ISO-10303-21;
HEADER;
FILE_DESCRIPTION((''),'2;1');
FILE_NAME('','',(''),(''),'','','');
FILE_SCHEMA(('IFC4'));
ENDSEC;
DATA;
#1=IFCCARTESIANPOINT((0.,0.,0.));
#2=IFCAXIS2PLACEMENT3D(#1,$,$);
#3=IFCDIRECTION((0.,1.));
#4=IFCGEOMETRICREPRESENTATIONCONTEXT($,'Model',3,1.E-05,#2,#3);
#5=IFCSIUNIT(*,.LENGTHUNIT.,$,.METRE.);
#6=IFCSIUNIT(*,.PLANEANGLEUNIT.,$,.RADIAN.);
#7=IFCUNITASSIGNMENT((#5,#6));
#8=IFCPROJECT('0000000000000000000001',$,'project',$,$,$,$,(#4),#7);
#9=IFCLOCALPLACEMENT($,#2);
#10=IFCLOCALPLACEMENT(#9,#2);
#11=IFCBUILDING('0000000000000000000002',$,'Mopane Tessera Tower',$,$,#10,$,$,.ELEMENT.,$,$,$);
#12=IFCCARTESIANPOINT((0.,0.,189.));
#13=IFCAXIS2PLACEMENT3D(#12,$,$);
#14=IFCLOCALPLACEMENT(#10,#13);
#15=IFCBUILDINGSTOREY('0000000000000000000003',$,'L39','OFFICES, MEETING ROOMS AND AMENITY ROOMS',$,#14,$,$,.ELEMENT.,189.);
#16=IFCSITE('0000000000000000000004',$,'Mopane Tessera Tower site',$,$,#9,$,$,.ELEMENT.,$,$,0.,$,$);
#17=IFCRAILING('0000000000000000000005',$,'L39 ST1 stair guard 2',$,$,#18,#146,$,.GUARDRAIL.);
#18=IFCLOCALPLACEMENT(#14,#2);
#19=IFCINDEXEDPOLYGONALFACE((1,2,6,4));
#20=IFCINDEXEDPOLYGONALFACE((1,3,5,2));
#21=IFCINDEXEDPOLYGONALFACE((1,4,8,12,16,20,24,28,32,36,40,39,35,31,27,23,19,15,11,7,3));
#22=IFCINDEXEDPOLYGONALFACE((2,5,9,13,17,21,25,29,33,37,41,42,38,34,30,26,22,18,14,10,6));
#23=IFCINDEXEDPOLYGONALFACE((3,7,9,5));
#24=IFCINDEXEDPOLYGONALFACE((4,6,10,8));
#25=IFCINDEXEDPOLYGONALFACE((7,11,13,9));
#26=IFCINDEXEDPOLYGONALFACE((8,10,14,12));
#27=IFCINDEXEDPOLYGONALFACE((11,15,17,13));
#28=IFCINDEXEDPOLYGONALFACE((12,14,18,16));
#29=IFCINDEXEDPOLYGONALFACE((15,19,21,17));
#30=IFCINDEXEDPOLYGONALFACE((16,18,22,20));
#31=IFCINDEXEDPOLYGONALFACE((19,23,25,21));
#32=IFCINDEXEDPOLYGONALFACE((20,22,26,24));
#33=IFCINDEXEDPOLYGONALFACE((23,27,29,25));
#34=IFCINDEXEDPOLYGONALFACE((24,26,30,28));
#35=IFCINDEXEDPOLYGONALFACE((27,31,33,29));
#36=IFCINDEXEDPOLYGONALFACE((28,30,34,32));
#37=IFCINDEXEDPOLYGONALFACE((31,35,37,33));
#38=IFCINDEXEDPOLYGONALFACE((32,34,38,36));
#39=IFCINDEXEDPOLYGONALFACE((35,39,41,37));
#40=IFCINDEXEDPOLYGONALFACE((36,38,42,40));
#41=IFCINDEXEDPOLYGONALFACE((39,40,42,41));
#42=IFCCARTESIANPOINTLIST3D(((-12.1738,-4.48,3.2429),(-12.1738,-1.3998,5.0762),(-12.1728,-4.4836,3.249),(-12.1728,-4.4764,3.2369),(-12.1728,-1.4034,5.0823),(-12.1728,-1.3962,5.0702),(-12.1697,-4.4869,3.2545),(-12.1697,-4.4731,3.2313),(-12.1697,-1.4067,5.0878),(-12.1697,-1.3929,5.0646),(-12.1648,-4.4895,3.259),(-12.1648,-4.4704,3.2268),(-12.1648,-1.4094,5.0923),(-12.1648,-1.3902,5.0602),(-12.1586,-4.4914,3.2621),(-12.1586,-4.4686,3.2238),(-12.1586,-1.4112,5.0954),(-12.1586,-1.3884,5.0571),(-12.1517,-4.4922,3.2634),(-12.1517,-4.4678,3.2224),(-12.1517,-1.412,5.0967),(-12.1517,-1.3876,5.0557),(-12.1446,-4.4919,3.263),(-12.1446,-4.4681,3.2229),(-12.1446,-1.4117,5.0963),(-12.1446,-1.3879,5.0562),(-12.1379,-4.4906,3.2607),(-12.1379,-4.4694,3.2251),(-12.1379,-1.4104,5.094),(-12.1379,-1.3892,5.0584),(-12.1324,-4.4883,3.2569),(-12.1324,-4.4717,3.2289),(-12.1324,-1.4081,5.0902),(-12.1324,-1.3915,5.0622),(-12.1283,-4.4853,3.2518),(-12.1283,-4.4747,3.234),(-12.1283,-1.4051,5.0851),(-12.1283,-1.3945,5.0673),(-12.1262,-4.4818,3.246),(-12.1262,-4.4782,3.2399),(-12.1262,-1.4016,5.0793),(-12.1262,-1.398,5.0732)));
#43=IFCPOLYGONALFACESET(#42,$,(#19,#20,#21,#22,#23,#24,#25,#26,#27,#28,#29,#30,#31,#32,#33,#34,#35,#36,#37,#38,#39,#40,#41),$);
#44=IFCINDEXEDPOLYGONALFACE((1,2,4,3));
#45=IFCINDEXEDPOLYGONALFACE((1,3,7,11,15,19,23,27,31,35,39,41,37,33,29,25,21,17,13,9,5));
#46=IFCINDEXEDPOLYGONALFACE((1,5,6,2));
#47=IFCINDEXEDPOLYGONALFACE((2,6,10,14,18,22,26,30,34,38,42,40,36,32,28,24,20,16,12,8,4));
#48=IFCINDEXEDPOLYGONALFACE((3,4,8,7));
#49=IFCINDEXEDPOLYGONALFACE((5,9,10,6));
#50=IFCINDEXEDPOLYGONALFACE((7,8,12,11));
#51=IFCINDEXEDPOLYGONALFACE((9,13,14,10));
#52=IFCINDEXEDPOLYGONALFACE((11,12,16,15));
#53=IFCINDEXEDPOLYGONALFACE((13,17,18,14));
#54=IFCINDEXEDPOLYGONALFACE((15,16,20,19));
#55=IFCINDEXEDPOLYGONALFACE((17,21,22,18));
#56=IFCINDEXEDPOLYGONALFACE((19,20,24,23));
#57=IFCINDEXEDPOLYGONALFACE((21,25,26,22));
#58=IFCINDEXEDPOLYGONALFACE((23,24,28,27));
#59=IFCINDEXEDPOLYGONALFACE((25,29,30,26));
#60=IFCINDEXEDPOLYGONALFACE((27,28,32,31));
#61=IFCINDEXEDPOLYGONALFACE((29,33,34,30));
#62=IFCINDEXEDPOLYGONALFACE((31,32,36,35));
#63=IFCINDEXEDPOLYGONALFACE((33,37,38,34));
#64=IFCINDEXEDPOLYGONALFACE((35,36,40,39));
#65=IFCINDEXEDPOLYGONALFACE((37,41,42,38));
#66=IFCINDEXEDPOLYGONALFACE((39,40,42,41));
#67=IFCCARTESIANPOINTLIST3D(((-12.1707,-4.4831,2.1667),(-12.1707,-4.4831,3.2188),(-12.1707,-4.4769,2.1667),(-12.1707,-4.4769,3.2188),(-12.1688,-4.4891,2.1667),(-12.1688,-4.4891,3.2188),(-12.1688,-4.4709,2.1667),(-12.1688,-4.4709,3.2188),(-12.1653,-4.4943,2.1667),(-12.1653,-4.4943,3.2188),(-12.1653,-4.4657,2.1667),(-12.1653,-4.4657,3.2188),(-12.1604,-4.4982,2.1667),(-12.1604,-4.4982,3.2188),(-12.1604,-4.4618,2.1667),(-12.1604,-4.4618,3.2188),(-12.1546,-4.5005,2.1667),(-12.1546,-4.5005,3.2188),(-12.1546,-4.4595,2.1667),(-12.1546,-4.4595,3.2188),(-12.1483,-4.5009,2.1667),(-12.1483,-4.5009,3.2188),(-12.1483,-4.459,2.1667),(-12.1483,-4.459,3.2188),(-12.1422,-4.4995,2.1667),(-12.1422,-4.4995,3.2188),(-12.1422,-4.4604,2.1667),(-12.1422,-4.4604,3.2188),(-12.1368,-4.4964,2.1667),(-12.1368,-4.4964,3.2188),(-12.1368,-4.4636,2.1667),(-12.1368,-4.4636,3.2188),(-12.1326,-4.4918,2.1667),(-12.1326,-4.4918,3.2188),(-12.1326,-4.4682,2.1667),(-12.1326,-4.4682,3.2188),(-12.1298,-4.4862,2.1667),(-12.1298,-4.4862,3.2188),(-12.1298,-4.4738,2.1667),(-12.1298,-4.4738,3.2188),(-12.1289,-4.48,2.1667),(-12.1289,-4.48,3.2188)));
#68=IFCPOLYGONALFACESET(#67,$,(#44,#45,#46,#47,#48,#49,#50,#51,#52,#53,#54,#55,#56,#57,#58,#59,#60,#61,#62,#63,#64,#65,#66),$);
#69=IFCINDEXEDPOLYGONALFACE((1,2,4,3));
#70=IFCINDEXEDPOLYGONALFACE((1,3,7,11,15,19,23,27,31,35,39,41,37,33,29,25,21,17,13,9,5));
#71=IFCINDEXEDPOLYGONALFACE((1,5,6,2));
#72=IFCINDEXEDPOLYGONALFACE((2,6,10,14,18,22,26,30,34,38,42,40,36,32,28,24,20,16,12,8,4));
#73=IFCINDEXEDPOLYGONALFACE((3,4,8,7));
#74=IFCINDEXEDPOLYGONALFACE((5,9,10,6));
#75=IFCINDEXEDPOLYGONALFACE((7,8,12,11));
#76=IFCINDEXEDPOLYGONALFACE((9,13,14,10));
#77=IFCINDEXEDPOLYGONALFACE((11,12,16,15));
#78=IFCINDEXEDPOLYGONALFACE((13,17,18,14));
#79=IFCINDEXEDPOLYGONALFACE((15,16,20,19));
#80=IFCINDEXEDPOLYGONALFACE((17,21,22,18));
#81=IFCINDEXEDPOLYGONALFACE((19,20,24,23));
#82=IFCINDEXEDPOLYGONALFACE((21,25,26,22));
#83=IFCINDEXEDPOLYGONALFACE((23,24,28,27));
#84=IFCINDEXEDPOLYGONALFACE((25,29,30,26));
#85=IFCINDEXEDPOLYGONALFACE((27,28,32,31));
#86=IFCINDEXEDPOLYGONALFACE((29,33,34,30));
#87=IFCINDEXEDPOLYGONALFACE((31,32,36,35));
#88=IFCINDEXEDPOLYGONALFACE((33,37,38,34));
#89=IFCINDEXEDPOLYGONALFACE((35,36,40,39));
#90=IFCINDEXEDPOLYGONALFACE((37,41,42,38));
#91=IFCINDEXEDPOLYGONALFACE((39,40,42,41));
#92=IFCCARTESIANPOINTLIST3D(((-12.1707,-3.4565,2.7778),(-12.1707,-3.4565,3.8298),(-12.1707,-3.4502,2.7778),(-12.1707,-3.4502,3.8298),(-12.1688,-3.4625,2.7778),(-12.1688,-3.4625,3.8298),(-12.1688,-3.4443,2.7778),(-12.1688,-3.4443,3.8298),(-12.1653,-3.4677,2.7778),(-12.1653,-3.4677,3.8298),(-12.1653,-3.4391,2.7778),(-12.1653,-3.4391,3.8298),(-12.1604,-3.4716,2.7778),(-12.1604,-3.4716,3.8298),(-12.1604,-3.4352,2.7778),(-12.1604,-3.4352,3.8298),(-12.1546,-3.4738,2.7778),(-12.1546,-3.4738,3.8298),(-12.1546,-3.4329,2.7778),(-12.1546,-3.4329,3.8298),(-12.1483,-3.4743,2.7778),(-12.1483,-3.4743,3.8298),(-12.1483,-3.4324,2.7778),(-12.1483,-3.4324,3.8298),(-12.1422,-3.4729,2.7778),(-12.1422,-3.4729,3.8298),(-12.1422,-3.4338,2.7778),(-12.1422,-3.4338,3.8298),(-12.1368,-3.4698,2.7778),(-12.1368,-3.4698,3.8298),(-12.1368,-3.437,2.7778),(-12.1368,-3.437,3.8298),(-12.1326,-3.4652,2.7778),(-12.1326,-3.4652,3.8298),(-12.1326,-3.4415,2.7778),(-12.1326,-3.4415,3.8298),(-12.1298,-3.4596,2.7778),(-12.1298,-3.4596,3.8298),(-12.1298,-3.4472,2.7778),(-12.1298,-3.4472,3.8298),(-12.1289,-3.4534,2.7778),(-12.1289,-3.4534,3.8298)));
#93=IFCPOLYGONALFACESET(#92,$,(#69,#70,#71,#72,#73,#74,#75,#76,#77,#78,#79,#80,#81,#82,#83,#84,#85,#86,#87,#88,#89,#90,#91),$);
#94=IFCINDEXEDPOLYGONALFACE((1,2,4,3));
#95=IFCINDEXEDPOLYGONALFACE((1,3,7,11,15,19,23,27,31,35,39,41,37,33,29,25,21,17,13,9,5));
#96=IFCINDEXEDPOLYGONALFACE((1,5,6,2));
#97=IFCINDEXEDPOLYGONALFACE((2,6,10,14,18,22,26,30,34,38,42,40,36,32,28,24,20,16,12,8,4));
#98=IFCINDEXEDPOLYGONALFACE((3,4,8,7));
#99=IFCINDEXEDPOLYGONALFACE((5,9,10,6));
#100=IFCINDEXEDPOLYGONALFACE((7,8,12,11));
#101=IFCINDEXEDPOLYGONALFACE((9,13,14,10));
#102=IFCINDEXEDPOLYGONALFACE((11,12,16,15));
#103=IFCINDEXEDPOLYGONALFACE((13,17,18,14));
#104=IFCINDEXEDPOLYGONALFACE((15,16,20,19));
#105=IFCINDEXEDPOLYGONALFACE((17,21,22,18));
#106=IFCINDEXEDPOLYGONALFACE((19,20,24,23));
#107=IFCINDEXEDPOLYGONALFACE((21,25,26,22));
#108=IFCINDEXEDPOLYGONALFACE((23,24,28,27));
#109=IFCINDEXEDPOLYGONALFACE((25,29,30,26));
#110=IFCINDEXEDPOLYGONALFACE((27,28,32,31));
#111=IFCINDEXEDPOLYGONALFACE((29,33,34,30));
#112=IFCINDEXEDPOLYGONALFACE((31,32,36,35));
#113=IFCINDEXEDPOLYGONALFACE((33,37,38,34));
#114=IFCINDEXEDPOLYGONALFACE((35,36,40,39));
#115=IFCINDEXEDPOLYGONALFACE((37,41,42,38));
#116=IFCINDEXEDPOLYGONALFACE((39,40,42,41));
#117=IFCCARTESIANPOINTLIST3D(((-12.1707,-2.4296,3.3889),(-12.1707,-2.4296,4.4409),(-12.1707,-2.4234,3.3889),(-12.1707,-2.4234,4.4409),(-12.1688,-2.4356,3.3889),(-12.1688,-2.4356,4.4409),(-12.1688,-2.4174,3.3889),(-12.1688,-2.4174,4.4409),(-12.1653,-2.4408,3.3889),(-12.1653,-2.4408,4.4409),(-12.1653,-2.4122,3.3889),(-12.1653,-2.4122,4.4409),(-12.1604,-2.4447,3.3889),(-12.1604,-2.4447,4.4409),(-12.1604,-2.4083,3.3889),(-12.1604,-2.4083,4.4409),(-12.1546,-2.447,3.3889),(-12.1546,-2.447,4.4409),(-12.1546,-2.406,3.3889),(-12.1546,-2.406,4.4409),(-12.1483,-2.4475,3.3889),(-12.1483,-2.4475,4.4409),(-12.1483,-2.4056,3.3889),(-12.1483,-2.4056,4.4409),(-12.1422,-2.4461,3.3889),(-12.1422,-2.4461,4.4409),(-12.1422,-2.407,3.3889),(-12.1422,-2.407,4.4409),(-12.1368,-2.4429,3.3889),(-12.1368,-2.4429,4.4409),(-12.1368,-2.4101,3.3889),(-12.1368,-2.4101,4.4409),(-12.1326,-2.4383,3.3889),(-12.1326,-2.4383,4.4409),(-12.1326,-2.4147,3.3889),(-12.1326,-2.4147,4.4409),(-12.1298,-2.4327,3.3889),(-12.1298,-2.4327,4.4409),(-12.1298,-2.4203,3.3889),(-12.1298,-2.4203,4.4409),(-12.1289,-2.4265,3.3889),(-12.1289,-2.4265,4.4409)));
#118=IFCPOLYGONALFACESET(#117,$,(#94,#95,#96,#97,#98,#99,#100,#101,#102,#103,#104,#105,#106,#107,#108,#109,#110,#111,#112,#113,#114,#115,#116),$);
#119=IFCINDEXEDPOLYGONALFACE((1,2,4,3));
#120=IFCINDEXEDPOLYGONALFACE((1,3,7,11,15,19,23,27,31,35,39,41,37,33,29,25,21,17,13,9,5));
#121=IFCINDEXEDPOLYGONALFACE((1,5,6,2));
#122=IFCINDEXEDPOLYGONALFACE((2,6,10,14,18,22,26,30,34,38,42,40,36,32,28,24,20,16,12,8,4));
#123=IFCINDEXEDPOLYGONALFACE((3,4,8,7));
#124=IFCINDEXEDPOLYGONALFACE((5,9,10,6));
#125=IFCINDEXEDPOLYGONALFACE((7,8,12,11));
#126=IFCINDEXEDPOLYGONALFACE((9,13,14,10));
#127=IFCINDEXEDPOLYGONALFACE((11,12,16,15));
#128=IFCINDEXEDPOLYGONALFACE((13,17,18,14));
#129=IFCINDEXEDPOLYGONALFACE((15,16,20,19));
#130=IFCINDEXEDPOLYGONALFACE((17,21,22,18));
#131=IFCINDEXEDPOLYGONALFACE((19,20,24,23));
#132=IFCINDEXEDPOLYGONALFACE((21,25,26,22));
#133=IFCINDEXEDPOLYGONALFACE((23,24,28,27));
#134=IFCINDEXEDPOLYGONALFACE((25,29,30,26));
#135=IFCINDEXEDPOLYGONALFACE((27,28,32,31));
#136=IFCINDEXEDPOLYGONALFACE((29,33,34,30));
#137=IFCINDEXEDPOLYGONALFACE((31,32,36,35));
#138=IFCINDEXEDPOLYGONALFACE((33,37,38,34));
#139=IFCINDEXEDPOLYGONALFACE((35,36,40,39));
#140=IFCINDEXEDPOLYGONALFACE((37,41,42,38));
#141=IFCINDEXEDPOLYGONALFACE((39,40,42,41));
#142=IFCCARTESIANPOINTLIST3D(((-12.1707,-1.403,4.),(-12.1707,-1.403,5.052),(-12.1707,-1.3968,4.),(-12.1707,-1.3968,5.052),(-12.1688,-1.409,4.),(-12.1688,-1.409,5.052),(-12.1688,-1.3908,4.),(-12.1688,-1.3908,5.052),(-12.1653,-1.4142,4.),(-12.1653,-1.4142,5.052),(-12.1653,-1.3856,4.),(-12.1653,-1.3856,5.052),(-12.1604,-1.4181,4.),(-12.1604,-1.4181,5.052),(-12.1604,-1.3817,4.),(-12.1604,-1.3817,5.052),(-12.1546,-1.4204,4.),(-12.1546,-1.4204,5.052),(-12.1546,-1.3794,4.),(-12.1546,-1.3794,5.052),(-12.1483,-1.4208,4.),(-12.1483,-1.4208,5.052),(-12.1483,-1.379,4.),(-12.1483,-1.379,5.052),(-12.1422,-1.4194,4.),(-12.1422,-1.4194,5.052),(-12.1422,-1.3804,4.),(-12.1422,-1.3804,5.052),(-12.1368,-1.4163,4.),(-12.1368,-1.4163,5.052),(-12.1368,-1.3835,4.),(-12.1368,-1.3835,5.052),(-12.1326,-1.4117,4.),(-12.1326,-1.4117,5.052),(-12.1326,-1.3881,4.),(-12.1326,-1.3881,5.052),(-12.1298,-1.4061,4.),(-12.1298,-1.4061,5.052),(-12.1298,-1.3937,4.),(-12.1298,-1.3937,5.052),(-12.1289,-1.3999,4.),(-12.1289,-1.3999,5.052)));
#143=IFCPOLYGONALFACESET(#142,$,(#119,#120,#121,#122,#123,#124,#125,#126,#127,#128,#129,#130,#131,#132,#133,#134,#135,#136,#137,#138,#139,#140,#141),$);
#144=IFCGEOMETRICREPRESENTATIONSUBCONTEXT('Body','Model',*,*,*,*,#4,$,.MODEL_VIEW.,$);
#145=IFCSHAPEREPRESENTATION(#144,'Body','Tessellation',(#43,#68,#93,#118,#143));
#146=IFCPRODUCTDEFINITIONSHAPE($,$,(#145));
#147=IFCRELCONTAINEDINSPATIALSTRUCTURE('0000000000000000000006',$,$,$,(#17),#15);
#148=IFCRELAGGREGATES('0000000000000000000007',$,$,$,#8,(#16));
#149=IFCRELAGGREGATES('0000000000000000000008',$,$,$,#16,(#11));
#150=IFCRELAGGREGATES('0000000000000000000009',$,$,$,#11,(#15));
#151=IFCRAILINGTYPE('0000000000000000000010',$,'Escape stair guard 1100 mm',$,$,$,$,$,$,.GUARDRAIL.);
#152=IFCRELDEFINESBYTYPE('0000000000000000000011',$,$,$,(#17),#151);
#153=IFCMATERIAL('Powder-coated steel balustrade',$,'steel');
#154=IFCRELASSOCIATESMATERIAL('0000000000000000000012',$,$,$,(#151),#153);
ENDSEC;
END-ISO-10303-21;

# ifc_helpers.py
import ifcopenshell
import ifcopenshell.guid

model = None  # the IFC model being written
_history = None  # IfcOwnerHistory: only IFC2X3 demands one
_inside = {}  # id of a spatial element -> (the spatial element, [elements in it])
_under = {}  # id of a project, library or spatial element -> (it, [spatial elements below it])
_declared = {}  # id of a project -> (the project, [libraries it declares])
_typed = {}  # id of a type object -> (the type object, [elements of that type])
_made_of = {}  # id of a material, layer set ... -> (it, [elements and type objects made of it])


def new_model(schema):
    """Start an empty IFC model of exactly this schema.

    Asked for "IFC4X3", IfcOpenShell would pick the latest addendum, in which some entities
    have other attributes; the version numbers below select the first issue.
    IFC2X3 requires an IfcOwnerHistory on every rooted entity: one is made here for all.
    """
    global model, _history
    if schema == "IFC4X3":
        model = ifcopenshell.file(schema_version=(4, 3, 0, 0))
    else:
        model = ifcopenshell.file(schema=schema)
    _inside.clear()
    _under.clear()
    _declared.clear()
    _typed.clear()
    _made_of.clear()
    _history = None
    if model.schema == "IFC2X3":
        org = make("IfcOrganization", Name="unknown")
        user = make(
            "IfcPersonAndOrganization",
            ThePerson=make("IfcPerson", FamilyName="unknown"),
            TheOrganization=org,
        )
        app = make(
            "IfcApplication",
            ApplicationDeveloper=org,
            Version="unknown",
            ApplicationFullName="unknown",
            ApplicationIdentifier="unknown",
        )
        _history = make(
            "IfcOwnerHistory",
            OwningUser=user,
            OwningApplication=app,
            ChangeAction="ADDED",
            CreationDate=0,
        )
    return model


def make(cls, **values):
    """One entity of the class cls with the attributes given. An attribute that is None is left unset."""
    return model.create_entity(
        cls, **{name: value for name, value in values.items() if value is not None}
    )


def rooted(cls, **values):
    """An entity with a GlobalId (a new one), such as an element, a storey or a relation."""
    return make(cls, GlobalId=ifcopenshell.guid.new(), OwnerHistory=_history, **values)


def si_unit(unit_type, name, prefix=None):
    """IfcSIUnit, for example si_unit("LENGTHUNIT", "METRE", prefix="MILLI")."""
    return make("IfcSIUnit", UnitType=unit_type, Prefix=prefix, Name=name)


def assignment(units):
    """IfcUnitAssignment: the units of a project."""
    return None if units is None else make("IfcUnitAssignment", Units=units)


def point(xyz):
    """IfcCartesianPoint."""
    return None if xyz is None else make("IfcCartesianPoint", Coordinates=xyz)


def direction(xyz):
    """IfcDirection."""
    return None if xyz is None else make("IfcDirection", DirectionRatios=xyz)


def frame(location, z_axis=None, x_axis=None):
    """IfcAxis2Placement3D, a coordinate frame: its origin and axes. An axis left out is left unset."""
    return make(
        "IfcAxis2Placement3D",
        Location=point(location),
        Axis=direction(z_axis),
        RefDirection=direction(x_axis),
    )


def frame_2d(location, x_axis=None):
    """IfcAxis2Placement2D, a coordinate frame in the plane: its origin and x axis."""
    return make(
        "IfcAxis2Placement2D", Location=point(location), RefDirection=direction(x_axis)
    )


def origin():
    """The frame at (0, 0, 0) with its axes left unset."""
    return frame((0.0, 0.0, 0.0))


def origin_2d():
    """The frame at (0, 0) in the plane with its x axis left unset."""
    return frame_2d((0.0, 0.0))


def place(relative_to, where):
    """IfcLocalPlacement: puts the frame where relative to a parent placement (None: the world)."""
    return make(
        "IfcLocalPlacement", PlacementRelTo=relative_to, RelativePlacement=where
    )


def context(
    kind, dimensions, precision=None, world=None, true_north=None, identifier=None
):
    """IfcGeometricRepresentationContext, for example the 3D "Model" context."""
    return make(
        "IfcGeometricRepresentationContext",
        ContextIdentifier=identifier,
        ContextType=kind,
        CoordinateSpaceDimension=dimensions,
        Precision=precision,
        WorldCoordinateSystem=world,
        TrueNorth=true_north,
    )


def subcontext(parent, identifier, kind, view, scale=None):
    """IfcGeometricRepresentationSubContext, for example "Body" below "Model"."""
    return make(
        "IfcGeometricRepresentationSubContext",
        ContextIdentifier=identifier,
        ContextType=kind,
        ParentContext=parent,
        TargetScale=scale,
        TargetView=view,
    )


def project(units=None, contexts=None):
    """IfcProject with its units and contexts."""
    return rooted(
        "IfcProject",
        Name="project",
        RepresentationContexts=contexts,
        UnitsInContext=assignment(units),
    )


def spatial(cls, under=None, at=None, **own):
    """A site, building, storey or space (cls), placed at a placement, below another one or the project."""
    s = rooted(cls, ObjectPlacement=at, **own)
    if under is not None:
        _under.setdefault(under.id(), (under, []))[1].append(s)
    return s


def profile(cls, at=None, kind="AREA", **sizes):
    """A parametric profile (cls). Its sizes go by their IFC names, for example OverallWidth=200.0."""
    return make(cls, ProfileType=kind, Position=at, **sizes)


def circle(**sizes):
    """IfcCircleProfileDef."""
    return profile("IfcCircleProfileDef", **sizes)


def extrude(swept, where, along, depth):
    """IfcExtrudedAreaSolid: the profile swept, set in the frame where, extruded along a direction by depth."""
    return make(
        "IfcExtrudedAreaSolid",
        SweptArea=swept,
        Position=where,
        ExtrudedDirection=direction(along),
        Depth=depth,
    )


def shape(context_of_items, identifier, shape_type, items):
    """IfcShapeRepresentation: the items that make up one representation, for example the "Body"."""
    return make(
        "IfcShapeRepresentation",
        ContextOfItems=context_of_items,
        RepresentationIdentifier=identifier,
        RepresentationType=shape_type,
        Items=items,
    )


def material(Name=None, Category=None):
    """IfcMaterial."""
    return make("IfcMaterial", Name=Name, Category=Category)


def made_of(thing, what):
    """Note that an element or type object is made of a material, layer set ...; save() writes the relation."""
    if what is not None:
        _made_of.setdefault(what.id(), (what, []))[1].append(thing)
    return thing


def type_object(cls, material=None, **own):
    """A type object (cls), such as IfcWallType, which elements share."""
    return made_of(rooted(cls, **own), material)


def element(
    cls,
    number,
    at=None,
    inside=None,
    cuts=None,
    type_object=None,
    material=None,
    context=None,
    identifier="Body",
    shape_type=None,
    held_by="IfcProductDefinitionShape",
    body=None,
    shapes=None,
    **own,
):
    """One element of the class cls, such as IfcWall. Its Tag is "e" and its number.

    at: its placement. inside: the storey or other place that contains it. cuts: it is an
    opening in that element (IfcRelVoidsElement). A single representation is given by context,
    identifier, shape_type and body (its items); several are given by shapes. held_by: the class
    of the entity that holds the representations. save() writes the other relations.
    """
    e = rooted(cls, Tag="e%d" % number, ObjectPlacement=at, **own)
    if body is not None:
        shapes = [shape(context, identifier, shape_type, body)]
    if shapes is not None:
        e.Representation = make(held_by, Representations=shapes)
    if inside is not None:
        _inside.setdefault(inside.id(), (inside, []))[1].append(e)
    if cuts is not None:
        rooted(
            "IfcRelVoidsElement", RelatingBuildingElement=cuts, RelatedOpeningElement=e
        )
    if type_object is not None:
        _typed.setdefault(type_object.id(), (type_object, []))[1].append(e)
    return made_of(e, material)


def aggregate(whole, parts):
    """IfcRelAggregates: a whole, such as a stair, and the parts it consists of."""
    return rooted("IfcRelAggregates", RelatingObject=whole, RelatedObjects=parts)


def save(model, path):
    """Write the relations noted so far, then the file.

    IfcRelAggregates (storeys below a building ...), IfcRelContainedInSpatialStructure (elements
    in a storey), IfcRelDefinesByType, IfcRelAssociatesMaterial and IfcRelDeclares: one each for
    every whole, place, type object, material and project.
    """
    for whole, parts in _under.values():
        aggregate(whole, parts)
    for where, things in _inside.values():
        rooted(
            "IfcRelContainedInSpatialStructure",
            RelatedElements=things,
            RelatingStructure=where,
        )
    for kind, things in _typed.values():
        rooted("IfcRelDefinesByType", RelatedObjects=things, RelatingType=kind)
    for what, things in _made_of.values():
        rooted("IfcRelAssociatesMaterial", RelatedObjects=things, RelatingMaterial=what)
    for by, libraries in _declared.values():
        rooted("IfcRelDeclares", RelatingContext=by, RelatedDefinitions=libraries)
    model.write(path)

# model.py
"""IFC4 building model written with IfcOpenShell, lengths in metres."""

from ifc_helpers import new_model, si_unit, direction, frame, origin, origin_2d, place, context, subcontext, project, spatial, circle, extrude, material, type_object, element, save


model = new_model("IFC4")

# Units and contexts
model_context = context("Model", 3, precision=1e-05, world=origin(), true_north=direction((0.0, 1.0)))
body_context = subcontext(model_context, "Body", "Model", "MODEL_VIEW")
ifc_project = project(units=[si_unit("LENGTHUNIT", "METRE"), si_unit("PLANEANGLEUNIT", "RADIAN")], contexts=[model_context])

# Site, building, storey
site_placement = place(None, origin())
site = spatial("IfcSite", under=ifc_project, at=site_placement, Name="Mopane Tessera Tower site", CompositionType="ELEMENT", RefElevation=0.0)
building_placement = place(site_placement, origin())
building = spatial("IfcBuilding", under=site, at=building_placement, Name="Mopane Tessera Tower", CompositionType="ELEMENT")
storey_placement = place(building_placement, frame((0.0, 0.0, 189.0)))
storey = spatial("IfcBuildingStorey", under=building, at=storey_placement, Name="L39", Description="OFFICES, MEETING ROOMS AND AMENITY ROOMS", CompositionType="ELEMENT", Elevation=189.0)

# Railing
ifc_material_1 = material(Name="Powder-coated steel balustrade", Category="steel")
railing_type_1 = type_object("IfcRailingType", Name="Escape stair guard 1100 mm", PredefinedType="GUARDRAIL", material=ifc_material_1)
railing_1_placement = place(storey_placement, frame((-12.1499, -4.48, 2.1667)))
element("IfcRailing", 1, at=railing_1_placement, inside=storey, type_object=railing_type_1, Name="L39 ST1 stair guard 2", PredefinedType="GUARDRAIL", context=body_context, shape_type="SweptSolid", body=[
    extrude(circle(Radius=0.0239, at=origin_2d()), frame((0.0, 0.0, 1.0762), z_axis=(0.0, 0.859309, 0.511458), x_axis=(-1.0, 0.0, 0.0)), (0.0, 0.0, 1.0), 3.5845),
    extrude(circle(Radius=0.021, at=origin_2d()), origin(), (0.0, 0.0, 1.0), 1.052),
    extrude(circle(Radius=0.021, at=origin_2d()), frame((0.0, 1.0266, 0.6111)), (0.0, 0.0, 1.0), 1.052),
    extrude(circle(Radius=0.021, at=origin_2d()), frame((0.0, 2.0535, 1.2222)), (0.0, 0.0, 1.0), 1.052),
    extrude(circle(Radius=0.021, at=origin_2d()), frame((0.0, 3.0801, 1.8333)), (0.0, 0.0, 1.0), 1.052),
])

save(model, "model.ifc")
